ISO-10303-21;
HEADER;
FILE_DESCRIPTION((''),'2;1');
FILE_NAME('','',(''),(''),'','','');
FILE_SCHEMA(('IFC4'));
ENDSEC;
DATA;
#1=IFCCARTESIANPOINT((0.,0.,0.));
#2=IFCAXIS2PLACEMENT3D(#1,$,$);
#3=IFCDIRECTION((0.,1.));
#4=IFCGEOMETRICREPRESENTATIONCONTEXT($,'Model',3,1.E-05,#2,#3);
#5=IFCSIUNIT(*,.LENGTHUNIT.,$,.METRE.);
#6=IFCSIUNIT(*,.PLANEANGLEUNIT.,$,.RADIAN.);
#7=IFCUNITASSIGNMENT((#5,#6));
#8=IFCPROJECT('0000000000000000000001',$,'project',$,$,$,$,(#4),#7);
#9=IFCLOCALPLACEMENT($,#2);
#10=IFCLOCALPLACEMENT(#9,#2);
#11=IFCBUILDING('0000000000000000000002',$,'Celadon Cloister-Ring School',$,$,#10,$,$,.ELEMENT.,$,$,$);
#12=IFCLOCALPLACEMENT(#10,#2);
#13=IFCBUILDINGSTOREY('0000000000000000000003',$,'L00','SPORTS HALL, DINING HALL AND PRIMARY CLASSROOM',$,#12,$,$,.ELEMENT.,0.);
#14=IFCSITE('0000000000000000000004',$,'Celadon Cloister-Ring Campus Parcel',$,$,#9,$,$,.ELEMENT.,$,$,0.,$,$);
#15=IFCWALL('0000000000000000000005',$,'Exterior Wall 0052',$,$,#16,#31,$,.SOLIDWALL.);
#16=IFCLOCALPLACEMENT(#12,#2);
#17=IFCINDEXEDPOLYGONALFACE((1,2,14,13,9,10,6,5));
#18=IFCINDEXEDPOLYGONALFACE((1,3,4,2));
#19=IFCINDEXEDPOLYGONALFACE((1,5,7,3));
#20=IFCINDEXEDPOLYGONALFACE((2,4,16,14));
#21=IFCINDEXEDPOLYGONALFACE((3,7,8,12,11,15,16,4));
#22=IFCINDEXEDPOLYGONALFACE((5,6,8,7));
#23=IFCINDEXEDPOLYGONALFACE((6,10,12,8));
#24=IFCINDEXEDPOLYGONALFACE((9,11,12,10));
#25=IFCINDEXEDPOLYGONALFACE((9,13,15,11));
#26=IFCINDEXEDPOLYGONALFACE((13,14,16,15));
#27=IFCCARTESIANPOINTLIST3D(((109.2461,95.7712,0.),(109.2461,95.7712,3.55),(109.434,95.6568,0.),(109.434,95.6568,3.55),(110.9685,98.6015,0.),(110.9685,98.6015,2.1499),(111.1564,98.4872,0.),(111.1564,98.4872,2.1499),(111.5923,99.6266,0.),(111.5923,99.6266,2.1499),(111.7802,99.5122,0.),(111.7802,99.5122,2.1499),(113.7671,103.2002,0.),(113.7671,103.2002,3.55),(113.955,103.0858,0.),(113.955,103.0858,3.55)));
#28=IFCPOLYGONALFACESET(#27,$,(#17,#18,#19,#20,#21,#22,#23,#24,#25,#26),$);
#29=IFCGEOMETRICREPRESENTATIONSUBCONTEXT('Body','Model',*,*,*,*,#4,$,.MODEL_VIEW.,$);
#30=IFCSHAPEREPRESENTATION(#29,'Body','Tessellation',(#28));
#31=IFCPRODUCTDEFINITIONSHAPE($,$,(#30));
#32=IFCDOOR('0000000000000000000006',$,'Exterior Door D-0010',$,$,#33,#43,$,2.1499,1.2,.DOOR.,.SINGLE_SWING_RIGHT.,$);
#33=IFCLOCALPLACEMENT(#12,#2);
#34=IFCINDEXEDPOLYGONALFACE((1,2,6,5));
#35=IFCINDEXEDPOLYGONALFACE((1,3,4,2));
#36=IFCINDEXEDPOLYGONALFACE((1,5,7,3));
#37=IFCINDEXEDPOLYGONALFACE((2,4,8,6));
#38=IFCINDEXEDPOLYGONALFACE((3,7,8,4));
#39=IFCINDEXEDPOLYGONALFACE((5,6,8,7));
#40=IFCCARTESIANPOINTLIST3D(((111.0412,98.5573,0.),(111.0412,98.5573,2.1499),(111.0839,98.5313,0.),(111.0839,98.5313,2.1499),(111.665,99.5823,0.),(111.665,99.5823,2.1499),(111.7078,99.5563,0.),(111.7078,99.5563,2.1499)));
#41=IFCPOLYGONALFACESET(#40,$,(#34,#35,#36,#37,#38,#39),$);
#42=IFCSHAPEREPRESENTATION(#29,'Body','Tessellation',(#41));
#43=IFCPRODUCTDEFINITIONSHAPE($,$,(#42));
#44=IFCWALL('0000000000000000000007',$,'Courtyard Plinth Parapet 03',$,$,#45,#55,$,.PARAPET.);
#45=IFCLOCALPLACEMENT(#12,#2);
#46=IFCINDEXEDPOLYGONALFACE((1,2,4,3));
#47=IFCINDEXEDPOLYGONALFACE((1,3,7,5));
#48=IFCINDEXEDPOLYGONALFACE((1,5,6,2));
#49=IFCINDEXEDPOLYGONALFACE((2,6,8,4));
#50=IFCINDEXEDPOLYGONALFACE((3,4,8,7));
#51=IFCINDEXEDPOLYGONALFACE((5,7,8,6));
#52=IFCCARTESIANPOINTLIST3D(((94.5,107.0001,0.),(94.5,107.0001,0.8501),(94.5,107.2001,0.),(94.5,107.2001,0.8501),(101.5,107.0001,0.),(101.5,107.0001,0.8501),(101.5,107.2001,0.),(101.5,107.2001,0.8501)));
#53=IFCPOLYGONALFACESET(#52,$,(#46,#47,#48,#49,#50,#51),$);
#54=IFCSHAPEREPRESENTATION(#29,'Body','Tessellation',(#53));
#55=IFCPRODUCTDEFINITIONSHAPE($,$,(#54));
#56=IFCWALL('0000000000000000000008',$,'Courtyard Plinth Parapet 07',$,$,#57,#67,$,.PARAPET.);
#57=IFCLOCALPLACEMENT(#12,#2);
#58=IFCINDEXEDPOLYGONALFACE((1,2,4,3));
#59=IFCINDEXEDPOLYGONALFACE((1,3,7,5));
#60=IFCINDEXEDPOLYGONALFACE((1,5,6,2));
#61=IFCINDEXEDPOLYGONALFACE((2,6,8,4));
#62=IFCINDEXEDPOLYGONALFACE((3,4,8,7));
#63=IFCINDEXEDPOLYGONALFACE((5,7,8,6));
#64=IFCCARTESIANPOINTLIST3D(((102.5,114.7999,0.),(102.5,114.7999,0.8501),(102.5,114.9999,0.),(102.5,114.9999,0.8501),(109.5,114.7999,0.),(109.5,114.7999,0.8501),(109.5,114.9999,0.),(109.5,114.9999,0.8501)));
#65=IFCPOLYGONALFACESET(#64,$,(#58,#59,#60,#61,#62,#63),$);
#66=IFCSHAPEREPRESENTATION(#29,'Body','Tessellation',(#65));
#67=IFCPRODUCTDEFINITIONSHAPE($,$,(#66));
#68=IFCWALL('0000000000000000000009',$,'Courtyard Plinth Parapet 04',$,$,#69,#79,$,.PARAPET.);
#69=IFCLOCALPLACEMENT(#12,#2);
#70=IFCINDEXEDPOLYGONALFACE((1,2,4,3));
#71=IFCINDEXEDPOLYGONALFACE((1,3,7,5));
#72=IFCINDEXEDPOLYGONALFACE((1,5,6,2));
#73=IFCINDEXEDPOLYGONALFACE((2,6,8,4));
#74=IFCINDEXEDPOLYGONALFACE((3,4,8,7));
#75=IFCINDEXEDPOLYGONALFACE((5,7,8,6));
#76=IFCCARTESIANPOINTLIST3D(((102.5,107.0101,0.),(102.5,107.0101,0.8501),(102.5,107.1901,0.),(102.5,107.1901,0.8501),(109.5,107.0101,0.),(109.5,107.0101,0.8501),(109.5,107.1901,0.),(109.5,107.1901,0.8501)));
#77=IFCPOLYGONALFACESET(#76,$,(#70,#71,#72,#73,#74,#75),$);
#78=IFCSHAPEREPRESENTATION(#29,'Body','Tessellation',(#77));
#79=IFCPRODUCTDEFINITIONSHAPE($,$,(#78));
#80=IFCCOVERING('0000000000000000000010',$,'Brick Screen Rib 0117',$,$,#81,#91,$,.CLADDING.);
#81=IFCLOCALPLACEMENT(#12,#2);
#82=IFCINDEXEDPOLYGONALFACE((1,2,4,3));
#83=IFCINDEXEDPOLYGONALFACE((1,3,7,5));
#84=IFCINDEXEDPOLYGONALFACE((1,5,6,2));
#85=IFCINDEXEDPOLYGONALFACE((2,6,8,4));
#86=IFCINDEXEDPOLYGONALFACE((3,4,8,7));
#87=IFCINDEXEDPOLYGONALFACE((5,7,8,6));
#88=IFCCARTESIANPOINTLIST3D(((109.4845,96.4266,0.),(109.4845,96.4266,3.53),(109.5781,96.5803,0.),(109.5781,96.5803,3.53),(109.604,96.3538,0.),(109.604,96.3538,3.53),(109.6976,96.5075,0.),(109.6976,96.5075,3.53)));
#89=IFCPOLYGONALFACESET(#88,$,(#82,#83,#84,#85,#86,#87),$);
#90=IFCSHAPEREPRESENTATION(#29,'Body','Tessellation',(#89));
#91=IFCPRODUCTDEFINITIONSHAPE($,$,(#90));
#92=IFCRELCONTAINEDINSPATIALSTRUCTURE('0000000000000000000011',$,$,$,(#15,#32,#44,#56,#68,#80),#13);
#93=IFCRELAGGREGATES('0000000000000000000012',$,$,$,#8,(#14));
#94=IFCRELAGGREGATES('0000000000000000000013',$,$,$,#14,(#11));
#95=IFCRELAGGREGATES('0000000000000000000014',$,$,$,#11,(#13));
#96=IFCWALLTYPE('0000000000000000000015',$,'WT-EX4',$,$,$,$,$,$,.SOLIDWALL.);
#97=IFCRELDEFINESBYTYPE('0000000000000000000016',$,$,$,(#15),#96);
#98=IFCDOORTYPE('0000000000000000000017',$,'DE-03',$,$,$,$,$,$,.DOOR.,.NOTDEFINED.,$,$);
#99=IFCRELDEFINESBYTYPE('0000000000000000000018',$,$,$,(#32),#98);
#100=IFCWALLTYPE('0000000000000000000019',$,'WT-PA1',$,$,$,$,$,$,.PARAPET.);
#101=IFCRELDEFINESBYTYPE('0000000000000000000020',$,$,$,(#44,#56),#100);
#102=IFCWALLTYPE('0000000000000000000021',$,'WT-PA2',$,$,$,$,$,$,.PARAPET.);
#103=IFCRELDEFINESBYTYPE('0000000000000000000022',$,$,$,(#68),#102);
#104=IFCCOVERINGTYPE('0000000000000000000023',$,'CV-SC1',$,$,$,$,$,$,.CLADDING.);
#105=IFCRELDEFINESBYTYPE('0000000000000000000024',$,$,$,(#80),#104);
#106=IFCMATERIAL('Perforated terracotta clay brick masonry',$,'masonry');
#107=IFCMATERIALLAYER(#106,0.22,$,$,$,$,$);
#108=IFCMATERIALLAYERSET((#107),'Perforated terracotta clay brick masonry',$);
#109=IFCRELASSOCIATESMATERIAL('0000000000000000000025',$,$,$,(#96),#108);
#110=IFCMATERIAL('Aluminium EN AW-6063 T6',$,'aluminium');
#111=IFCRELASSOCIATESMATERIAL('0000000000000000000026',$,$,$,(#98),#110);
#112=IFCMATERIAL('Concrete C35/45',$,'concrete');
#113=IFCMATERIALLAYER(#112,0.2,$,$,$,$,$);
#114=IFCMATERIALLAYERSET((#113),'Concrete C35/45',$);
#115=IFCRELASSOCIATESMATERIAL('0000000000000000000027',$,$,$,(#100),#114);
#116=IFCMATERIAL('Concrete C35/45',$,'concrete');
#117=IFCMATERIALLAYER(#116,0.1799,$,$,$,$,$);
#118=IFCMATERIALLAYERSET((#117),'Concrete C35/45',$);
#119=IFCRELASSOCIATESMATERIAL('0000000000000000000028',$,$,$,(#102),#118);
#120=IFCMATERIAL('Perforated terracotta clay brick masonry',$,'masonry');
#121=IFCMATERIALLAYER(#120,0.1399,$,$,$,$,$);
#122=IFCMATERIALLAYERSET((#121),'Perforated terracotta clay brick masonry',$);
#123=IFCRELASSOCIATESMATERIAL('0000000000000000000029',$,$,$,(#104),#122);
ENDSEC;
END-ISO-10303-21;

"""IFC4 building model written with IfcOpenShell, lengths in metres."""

from ifc_helpers import new_model, si_unit, direction, frame, frame_2d, origin, origin_2d, place, context, subcontext, project, spatial, rectangle, extrude, material, layer, layer_set, type_object, element, fill, save


model = new_model("IFC4")

# Units and contexts
model_context = context("Model", 3, precision=1e-05, world=origin(), true_north=direction((0.0, 1.0)))
body_context = subcontext(model_context, "Body", "Model", "MODEL_VIEW")
ifc_project = project(units=[si_unit("LENGTHUNIT", "METRE"), si_unit("PLANEANGLEUNIT", "RADIAN")], contexts=[model_context])

# Site, building, storey
site_placement = place(None, origin())
site = spatial("IfcSite", under=ifc_project, at=site_placement, Name="Celadon Cloister-Ring Campus Parcel", CompositionType="ELEMENT", RefElevation=0.0)
building_placement = place(site_placement, origin())
building = spatial("IfcBuilding", under=site, at=building_placement, Name="Celadon Cloister-Ring School", CompositionType="ELEMENT")
storey_placement = place(building_placement, origin())
storey = spatial("IfcBuildingStorey", under=building, at=storey_placement, Name="L00", Description="SPORTS HALL, DINING HALL AND PRIMARY CLASSROOM", CompositionType="ELEMENT", Elevation=0.0)

# Wall, opening, door
ifc_material_1 = material(Name="Perforated terracotta clay brick masonry", Category="masonry")
ifc_layer_1 = layer(ifc_material_1, 0.22)
ifc_layer_set_1 = layer_set([ifc_layer_1], Name="Perforated terracotta clay brick masonry")
wall_type_1 = type_object("IfcWallType", Name="WT-EX4", PredefinedType="SOLIDWALL", material=ifc_layer_set_1)
wall_1_placement = place(storey_placement, frame((109.3401, 95.7141, 0.0), z_axis=(0.0, 0.0, 1.0), x_axis=(0.519865, 0.854248, 0.0)))
wall_1 = element("IfcWall", 1, at=wall_1_placement, inside=storey, type_object=wall_type_1, Name="Exterior Wall 0052", PredefinedType="SOLIDWALL", context=body_context, shape_type="SweptSolid", body=[
    extrude(rectangle(XDim=8.6965, YDim=0.22, at=frame_2d((4.3481, 0.0))), origin(), (0.0, 0.0, 1.0), 3.55),
])
opening_1_placement = place(wall_1_placement, frame((3.313, 0.0, 0.0)))
opening_1 = element("IfcOpeningElement", 2, at=opening_1_placement, cuts=wall_1, PredefinedType="OPENING", context=body_context, shape_type="SweptSolid", body=[
    extrude(rectangle(XDim=1.2, YDim=2.1499, at=frame_2d((0.6001, 1.075))), frame((0.0, 0.1201, 0.0), z_axis=(0.0, -1.0, 0.0), x_axis=(1.0, 0.0, 0.0)), (0.0, 0.0, 1.0), 0.24),
])
ifc_material_2 = material(Name="Aluminium EN AW-6063 T6", Category="aluminium")
door_type_1 = type_object("IfcDoorType", Name="DE-03", OperationType="NOTDEFINED", PredefinedType="DOOR", material=ifc_material_2)
door_1_placement = place(opening_1_placement, origin())
door_1 = element("IfcDoor", 3, at=door_1_placement, inside=storey, type_object=door_type_1, Name="Exterior Door D-0010", OperationType="SINGLE_SWING_RIGHT", OverallHeight=2.1499, OverallWidth=1.2, PredefinedType="DOOR", context=body_context, shape_type="SweptSolid", body=[
    extrude(rectangle(XDim=1.2, YDim=2.1499, at=frame_2d((0.6001, 1.075))), frame((0.0, 0.0249, 0.0), z_axis=(0.0, -1.0, 0.0), x_axis=(1.0, 0.0, 0.0)), (0.0, 0.0, 1.0), 0.05),
])
fill(opening_1, door_1)

# Walls
ifc_material_3 = material(Name="Concrete C35/45", Category="concrete")
ifc_layer_2 = layer(ifc_material_3, 0.2)
ifc_layer_set_2 = layer_set([ifc_layer_2], Name="Concrete C35/45")
wall_type_2 = type_object("IfcWallType", Name="WT-PA1", PredefinedType="PARAPET", material=ifc_layer_set_2)
for number, where, z_axis, x_axis, name in (
    (4, (94.5, 107.1001, 0.0), (0.0, 0.0, 1.0), (1.0, 0.0, 0.0), "Courtyard Plinth Parapet 03"),
    (5, (102.5, 114.8999, 0.0), (0.0, 0.0, 1.0), (1.0, 0.0, 0.0), "Courtyard Plinth Parapet 07"),
):
    element("IfcWall", number, at=place(storey_placement, frame(where, z_axis=z_axis, x_axis=x_axis)), inside=storey, type_object=wall_type_2, Name=name, PredefinedType="PARAPET", context=body_context, shape_type="SweptSolid", body=[
        extrude(rectangle(XDim=7.0, YDim=0.2, at=frame_2d((3.5, 0.0))), origin(), (0.0, 0.0, 1.0), 0.8501),
    ])
ifc_material_4 = material(Name="Concrete C35/45", Category="concrete")
ifc_layer_3 = layer(ifc_material_4, 0.1799)
ifc_layer_set_3 = layer_set([ifc_layer_3], Name="Concrete C35/45")
wall_type_3 = type_object("IfcWallType", Name="WT-PA2", PredefinedType="PARAPET", material=ifc_layer_set_3)
wall_2_placement = place(storey_placement, frame((102.5, 107.1001, 0.0), z_axis=(0.0, 0.0, 1.0), x_axis=(1.0, 0.0, 0.0)))
element("IfcWall", 6, at=wall_2_placement, inside=storey, type_object=wall_type_3, Name="Courtyard Plinth Parapet 04", PredefinedType="PARAPET", context=body_context, shape_type="SweptSolid", body=[
    extrude(rectangle(XDim=7.0, YDim=0.1799, at=frame_2d((3.5, 0.0))), origin(), (0.0, 0.0, 1.0), 0.8501),
])

# Covering
ifc_material_5 = material(Name="Perforated terracotta clay brick masonry", Category="masonry")
ifc_layer_4 = layer(ifc_material_5, 0.1399)
ifc_layer_set_4 = layer_set([ifc_layer_4], Name="Perforated terracotta clay brick masonry")
covering_type = type_object("IfcCoveringType", Name="CV-SC1", PredefinedType="CLADDING", material=ifc_layer_set_4)
covering_placement = place(storey_placement, frame((109.5911, 96.467, 0.0), z_axis=(0.0, 0.0, 1.0), x_axis=(0.519862, 0.85425, 0.0)))
element("IfcCovering", 7, at=covering_placement, inside=storey, type_object=covering_type, Name="Brick Screen Rib 0117", PredefinedType="CLADDING", context=body_context, shape_type="SweptSolid", body=[
    extrude(rectangle(XDim=0.1799, YDim=0.1399, at=origin_2d()), origin(), (0.0, 0.0, 1.0), 3.53),
])

save(model, "model.ifc")
